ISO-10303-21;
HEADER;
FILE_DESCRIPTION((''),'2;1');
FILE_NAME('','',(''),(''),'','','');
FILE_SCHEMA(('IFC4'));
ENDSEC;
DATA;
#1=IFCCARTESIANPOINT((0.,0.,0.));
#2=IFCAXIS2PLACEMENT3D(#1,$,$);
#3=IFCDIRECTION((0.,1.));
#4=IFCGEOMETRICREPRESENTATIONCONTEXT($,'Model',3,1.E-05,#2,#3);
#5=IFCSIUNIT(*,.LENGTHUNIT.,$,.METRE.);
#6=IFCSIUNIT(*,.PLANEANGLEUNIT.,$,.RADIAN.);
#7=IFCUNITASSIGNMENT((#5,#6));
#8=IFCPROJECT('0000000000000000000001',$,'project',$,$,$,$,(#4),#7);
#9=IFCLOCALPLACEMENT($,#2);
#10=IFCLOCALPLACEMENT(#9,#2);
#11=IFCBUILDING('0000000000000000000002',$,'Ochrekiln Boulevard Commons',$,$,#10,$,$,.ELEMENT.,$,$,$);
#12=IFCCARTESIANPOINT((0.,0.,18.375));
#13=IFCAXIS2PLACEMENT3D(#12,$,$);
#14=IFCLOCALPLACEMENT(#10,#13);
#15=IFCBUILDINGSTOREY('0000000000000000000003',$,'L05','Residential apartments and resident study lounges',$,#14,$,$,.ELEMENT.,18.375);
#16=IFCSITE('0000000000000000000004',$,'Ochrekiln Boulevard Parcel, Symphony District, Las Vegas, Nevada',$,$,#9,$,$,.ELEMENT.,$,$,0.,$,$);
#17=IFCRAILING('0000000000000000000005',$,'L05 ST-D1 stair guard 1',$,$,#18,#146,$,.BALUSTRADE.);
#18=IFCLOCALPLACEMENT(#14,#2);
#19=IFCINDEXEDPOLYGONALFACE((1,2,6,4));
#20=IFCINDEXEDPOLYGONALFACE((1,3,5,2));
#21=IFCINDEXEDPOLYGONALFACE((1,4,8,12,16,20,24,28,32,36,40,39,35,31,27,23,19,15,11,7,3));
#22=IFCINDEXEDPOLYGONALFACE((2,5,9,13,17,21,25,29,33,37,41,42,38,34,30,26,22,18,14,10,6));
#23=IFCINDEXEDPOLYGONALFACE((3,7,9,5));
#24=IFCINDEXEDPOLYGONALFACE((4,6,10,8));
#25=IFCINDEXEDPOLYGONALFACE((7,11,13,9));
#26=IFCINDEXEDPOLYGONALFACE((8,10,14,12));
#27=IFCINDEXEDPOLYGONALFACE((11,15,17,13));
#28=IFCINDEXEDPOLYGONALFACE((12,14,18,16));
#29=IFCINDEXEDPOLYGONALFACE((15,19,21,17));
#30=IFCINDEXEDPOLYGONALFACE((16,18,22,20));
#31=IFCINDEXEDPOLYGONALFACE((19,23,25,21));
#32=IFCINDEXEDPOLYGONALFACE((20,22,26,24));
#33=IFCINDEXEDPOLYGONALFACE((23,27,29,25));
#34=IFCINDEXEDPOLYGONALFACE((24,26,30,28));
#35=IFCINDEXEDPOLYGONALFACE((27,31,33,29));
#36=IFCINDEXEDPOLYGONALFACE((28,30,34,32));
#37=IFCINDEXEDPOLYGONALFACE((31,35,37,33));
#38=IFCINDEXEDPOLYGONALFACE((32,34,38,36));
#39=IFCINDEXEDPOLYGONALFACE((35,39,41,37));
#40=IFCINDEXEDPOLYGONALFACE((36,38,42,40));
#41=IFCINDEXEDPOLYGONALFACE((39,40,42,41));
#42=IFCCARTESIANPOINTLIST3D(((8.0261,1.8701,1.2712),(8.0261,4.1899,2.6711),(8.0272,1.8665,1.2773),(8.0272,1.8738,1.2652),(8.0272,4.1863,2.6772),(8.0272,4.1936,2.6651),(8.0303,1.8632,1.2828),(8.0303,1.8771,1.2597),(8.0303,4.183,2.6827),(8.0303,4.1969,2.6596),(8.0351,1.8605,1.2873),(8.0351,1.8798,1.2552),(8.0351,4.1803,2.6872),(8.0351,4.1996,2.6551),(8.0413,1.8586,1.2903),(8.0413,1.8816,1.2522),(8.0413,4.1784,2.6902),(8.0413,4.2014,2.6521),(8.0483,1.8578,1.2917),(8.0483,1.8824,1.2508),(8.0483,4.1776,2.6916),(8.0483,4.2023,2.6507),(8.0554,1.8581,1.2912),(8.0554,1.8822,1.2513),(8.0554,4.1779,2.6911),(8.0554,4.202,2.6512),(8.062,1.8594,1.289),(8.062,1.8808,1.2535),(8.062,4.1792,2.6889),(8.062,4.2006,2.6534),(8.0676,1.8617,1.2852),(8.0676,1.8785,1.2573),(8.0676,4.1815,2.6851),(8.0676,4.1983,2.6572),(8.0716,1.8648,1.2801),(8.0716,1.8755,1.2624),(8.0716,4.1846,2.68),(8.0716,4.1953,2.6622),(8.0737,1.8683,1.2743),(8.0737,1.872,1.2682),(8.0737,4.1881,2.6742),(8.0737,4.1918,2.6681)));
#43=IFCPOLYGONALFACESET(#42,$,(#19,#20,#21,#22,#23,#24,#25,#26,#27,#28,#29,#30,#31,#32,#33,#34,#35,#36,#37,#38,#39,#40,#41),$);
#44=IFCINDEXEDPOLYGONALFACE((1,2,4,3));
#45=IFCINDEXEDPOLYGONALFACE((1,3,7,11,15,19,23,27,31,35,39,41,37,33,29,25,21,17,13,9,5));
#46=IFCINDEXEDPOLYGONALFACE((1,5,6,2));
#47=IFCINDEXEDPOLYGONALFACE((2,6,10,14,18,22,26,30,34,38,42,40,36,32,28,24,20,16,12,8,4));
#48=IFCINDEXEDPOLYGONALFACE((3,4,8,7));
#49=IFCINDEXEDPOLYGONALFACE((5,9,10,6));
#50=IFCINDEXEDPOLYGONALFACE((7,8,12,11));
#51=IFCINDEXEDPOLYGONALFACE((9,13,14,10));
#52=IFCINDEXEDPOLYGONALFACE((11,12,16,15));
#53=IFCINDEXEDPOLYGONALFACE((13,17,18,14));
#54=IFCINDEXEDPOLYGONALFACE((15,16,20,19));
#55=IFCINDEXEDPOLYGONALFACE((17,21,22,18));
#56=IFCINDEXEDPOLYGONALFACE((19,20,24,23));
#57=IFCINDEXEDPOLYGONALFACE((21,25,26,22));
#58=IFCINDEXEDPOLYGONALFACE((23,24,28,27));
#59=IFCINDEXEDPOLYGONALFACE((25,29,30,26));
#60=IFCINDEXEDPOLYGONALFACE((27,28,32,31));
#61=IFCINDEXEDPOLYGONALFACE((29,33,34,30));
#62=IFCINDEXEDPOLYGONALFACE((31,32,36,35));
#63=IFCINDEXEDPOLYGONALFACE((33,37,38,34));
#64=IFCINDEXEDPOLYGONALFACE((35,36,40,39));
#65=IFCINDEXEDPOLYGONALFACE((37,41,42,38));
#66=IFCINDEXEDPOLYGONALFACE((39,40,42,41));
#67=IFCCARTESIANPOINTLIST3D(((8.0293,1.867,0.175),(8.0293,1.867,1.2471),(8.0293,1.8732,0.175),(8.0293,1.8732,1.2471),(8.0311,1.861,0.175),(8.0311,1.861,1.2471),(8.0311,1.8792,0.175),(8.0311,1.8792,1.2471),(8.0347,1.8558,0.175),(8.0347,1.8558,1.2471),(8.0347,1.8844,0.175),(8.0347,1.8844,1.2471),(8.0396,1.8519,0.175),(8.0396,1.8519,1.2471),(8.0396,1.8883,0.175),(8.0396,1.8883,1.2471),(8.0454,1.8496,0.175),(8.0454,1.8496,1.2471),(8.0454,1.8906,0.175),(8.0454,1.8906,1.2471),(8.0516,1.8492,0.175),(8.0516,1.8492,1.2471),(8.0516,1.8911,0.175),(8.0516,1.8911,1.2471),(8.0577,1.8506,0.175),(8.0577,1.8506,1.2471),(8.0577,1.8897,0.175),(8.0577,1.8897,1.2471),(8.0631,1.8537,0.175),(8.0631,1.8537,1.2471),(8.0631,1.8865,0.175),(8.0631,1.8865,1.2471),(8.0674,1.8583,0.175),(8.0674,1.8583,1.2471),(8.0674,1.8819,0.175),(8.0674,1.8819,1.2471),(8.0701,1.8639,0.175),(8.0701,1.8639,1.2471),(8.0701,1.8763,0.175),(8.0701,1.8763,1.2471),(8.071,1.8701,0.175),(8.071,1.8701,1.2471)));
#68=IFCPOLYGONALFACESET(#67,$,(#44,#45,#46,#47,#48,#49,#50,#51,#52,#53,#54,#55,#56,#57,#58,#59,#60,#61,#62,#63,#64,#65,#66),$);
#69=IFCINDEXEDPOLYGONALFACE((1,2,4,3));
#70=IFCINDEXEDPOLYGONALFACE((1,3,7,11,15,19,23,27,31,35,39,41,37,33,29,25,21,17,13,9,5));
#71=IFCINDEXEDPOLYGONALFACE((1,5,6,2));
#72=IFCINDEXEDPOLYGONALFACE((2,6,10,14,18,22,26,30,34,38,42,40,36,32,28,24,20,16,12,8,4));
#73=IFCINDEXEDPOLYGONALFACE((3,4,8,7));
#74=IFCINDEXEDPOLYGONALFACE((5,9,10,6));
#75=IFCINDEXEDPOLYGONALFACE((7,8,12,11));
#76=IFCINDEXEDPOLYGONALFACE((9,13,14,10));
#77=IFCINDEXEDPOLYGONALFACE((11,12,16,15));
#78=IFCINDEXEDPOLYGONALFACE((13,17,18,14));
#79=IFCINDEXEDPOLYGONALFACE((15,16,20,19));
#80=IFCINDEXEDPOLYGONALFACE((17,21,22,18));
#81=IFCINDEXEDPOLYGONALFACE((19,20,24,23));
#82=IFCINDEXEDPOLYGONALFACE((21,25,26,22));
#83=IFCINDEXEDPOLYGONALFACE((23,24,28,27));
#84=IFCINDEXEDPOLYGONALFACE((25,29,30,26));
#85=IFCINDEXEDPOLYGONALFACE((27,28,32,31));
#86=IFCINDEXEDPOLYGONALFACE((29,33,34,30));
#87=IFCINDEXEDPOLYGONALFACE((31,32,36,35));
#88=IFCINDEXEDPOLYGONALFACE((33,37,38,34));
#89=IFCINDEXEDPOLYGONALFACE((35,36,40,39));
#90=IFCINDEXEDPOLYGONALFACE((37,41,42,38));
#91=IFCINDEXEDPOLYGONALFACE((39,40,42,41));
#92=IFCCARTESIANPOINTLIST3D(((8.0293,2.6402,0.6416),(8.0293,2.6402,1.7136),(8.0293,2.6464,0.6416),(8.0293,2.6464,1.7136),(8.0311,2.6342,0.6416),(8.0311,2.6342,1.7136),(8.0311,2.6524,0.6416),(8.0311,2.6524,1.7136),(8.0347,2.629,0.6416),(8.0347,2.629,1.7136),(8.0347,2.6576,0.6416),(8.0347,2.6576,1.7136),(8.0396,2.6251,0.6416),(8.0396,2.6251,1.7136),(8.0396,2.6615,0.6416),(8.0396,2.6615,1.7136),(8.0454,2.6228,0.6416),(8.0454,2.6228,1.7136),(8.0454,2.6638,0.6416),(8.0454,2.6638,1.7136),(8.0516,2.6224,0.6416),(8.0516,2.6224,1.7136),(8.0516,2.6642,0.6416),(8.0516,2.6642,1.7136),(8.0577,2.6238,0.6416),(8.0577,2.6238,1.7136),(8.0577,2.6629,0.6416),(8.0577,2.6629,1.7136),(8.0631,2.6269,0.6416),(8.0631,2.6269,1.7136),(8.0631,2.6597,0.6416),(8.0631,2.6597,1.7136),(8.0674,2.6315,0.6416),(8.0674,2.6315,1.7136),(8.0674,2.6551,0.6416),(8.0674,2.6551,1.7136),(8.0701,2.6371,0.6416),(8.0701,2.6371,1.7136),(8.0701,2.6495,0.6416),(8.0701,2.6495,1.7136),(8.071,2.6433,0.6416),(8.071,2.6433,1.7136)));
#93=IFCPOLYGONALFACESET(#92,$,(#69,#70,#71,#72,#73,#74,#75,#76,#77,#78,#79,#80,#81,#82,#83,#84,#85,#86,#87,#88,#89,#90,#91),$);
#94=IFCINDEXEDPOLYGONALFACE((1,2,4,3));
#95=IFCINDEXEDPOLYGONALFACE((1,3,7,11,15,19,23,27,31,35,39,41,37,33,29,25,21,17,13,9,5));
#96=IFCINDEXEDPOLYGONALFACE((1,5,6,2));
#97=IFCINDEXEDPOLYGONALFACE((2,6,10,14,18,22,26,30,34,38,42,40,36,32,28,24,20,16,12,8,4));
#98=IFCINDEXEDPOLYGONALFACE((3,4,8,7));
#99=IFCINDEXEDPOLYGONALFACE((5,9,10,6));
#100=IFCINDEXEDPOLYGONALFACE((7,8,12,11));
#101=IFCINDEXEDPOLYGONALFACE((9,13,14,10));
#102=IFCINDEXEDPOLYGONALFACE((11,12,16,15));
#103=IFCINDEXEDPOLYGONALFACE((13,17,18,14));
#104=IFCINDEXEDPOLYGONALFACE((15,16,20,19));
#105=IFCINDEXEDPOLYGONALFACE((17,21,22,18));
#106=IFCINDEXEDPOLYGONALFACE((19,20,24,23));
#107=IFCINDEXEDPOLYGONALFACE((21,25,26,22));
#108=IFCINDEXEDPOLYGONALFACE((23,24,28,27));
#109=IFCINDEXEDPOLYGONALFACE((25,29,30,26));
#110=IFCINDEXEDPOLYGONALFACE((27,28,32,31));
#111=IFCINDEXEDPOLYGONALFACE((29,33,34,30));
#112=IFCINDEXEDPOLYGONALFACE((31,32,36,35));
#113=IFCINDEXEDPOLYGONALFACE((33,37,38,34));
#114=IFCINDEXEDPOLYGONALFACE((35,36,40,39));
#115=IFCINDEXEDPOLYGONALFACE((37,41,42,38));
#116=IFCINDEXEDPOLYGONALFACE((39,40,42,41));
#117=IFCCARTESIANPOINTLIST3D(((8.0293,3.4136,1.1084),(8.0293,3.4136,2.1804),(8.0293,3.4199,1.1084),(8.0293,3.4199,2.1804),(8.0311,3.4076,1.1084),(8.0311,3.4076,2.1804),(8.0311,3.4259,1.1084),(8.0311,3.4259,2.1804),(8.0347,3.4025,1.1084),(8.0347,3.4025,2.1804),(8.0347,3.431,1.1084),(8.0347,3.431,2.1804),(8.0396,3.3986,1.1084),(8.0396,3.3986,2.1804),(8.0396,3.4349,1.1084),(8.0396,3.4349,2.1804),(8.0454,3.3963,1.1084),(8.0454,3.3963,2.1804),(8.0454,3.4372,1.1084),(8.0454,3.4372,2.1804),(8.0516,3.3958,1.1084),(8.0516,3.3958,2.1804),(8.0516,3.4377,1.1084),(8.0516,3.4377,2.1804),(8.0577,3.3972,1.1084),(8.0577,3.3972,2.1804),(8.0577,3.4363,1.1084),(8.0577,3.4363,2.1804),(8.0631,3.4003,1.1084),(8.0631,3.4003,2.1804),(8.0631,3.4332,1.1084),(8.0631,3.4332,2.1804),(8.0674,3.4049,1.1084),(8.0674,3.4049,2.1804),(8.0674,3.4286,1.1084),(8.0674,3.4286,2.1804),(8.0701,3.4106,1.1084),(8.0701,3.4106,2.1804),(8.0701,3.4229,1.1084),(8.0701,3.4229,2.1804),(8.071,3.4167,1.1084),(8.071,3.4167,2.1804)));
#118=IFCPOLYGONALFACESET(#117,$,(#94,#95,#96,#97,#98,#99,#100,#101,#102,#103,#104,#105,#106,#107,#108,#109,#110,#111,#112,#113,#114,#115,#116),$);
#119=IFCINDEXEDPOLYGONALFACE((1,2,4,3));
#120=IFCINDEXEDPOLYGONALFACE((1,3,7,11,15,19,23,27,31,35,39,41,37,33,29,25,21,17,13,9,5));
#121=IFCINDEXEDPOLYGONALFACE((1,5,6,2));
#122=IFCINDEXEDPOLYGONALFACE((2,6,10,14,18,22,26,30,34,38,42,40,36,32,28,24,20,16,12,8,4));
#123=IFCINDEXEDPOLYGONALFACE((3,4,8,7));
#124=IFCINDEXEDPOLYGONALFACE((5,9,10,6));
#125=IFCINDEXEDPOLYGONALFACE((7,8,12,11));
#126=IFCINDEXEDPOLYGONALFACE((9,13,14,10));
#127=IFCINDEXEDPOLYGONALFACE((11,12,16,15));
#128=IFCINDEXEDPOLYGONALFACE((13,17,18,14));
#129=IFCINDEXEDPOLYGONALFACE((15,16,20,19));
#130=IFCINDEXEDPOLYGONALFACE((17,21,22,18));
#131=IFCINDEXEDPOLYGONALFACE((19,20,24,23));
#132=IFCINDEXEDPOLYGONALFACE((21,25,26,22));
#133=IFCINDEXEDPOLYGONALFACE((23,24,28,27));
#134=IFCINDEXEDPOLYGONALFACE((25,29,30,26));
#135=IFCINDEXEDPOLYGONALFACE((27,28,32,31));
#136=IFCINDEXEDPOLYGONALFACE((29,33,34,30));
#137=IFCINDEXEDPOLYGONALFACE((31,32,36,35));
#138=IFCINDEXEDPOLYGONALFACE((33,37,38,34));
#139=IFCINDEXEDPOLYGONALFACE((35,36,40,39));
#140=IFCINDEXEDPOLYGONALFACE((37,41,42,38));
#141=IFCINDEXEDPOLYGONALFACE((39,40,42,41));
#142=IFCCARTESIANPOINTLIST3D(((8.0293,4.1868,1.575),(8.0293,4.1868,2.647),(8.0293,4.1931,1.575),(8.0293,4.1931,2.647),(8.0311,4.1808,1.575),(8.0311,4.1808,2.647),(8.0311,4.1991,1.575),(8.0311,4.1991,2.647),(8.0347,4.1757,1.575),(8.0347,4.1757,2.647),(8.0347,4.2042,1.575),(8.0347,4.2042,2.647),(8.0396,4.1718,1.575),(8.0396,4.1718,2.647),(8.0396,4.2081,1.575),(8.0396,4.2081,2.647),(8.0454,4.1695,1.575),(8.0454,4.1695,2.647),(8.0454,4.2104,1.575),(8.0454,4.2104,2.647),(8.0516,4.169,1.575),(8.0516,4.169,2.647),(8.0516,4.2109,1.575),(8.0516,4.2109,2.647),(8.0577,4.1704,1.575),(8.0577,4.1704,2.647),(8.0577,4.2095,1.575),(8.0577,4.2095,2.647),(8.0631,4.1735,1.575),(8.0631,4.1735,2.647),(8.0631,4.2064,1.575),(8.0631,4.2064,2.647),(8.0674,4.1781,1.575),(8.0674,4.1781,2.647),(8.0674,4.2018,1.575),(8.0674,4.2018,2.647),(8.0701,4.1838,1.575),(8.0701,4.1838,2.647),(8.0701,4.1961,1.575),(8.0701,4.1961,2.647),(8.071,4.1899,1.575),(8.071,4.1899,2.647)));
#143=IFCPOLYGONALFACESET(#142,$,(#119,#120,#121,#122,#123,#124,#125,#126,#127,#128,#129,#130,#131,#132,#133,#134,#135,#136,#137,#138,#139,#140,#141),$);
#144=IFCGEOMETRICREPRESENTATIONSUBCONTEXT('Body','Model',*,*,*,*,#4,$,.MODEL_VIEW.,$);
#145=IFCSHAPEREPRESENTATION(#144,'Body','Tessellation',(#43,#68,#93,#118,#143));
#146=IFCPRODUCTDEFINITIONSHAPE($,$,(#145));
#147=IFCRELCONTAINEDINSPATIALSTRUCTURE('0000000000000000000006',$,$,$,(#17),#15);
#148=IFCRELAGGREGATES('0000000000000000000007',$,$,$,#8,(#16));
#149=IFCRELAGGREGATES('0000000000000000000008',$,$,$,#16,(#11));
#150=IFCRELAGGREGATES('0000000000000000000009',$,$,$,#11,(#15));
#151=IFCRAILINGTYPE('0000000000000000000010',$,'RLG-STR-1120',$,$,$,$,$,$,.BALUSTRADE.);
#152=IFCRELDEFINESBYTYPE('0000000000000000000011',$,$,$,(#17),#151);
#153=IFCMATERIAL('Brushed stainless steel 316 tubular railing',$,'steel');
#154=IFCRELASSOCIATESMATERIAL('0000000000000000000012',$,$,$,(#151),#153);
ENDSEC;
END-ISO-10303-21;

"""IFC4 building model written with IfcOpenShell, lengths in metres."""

from ifc_helpers import new_model, si_unit, direction, frame, origin, origin_2d, place, context, subcontext, project, spatial, circle, extrude, material, type_object, element, save


model = new_model("IFC4")

# Units and contexts
model_context = context("Model", 3, precision=1e-05, world=origin(), true_north=direction((0.0, 1.0)))
body_context = subcontext(model_context, "Body", "Model", "MODEL_VIEW")
ifc_project = project(units=[si_unit("LENGTHUNIT", "METRE"), si_unit("PLANEANGLEUNIT", "RADIAN")], contexts=[model_context])

# Site, building, storey
site_placement = place(None, origin())
site = spatial("IfcSite", under=ifc_project, at=site_placement, Name="Ochrekiln Boulevard Parcel, Symphony District, Las Vegas, Nevada", CompositionType="ELEMENT", RefElevation=0.0)
building_placement = place(site_placement, origin())
building = spatial("IfcBuilding", under=site, at=building_placement, Name="Ochrekiln Boulevard Commons", CompositionType="ELEMENT")
storey_placement = place(building_placement, frame((0.0, 0.0, 18.375)))
storey = spatial("IfcBuildingStorey", under=building, at=storey_placement, Name="L05", Description="Residential apartments and resident study lounges", CompositionType="ELEMENT", Elevation=18.375)

# Railing
ifc_material_1 = material(Name="Brushed stainless steel 316 tubular railing", Category="steel")
railing_type_1 = type_object("IfcRailingType", Name="RLG-STR-1120", PredefinedType="BALUSTRADE", material=ifc_material_1)
railing_1_placement = place(storey_placement, frame((8.05, 1.8701, 0.175)))
element("IfcRailing", 1, at=railing_1_placement, inside=storey, type_object=railing_type_1, Name="L05 ST-D1 stair guard 1", PredefinedType="BALUSTRADE", context=body_context, shape_type="SweptSolid", body=[
    extrude(circle(Radius=0.0239, at=origin_2d()), frame((0.0, 0.0, 1.0962), z_axis=(0.0, 0.856186, 0.516667), x_axis=(-1.0, 0.0, 0.0)), (0.0, 0.0, 1.0), 2.7095),
    extrude(circle(Radius=0.021, at=origin_2d()), origin(), (0.0, 0.0, 1.0), 1.072),
    extrude(circle(Radius=0.021, at=origin_2d()), frame((0.0, 0.7732, 0.4666)), (0.0, 0.0, 1.0), 1.072),
    extrude(circle(Radius=0.021, at=origin_2d()), frame((0.0, 1.5466, 0.9333)), (0.0, 0.0, 1.0), 1.072),
    extrude(circle(Radius=0.021, at=origin_2d()), frame((0.0, 2.3198, 1.3999)), (0.0, 0.0, 1.0), 1.072),
])

save(model, "model.ifc")
